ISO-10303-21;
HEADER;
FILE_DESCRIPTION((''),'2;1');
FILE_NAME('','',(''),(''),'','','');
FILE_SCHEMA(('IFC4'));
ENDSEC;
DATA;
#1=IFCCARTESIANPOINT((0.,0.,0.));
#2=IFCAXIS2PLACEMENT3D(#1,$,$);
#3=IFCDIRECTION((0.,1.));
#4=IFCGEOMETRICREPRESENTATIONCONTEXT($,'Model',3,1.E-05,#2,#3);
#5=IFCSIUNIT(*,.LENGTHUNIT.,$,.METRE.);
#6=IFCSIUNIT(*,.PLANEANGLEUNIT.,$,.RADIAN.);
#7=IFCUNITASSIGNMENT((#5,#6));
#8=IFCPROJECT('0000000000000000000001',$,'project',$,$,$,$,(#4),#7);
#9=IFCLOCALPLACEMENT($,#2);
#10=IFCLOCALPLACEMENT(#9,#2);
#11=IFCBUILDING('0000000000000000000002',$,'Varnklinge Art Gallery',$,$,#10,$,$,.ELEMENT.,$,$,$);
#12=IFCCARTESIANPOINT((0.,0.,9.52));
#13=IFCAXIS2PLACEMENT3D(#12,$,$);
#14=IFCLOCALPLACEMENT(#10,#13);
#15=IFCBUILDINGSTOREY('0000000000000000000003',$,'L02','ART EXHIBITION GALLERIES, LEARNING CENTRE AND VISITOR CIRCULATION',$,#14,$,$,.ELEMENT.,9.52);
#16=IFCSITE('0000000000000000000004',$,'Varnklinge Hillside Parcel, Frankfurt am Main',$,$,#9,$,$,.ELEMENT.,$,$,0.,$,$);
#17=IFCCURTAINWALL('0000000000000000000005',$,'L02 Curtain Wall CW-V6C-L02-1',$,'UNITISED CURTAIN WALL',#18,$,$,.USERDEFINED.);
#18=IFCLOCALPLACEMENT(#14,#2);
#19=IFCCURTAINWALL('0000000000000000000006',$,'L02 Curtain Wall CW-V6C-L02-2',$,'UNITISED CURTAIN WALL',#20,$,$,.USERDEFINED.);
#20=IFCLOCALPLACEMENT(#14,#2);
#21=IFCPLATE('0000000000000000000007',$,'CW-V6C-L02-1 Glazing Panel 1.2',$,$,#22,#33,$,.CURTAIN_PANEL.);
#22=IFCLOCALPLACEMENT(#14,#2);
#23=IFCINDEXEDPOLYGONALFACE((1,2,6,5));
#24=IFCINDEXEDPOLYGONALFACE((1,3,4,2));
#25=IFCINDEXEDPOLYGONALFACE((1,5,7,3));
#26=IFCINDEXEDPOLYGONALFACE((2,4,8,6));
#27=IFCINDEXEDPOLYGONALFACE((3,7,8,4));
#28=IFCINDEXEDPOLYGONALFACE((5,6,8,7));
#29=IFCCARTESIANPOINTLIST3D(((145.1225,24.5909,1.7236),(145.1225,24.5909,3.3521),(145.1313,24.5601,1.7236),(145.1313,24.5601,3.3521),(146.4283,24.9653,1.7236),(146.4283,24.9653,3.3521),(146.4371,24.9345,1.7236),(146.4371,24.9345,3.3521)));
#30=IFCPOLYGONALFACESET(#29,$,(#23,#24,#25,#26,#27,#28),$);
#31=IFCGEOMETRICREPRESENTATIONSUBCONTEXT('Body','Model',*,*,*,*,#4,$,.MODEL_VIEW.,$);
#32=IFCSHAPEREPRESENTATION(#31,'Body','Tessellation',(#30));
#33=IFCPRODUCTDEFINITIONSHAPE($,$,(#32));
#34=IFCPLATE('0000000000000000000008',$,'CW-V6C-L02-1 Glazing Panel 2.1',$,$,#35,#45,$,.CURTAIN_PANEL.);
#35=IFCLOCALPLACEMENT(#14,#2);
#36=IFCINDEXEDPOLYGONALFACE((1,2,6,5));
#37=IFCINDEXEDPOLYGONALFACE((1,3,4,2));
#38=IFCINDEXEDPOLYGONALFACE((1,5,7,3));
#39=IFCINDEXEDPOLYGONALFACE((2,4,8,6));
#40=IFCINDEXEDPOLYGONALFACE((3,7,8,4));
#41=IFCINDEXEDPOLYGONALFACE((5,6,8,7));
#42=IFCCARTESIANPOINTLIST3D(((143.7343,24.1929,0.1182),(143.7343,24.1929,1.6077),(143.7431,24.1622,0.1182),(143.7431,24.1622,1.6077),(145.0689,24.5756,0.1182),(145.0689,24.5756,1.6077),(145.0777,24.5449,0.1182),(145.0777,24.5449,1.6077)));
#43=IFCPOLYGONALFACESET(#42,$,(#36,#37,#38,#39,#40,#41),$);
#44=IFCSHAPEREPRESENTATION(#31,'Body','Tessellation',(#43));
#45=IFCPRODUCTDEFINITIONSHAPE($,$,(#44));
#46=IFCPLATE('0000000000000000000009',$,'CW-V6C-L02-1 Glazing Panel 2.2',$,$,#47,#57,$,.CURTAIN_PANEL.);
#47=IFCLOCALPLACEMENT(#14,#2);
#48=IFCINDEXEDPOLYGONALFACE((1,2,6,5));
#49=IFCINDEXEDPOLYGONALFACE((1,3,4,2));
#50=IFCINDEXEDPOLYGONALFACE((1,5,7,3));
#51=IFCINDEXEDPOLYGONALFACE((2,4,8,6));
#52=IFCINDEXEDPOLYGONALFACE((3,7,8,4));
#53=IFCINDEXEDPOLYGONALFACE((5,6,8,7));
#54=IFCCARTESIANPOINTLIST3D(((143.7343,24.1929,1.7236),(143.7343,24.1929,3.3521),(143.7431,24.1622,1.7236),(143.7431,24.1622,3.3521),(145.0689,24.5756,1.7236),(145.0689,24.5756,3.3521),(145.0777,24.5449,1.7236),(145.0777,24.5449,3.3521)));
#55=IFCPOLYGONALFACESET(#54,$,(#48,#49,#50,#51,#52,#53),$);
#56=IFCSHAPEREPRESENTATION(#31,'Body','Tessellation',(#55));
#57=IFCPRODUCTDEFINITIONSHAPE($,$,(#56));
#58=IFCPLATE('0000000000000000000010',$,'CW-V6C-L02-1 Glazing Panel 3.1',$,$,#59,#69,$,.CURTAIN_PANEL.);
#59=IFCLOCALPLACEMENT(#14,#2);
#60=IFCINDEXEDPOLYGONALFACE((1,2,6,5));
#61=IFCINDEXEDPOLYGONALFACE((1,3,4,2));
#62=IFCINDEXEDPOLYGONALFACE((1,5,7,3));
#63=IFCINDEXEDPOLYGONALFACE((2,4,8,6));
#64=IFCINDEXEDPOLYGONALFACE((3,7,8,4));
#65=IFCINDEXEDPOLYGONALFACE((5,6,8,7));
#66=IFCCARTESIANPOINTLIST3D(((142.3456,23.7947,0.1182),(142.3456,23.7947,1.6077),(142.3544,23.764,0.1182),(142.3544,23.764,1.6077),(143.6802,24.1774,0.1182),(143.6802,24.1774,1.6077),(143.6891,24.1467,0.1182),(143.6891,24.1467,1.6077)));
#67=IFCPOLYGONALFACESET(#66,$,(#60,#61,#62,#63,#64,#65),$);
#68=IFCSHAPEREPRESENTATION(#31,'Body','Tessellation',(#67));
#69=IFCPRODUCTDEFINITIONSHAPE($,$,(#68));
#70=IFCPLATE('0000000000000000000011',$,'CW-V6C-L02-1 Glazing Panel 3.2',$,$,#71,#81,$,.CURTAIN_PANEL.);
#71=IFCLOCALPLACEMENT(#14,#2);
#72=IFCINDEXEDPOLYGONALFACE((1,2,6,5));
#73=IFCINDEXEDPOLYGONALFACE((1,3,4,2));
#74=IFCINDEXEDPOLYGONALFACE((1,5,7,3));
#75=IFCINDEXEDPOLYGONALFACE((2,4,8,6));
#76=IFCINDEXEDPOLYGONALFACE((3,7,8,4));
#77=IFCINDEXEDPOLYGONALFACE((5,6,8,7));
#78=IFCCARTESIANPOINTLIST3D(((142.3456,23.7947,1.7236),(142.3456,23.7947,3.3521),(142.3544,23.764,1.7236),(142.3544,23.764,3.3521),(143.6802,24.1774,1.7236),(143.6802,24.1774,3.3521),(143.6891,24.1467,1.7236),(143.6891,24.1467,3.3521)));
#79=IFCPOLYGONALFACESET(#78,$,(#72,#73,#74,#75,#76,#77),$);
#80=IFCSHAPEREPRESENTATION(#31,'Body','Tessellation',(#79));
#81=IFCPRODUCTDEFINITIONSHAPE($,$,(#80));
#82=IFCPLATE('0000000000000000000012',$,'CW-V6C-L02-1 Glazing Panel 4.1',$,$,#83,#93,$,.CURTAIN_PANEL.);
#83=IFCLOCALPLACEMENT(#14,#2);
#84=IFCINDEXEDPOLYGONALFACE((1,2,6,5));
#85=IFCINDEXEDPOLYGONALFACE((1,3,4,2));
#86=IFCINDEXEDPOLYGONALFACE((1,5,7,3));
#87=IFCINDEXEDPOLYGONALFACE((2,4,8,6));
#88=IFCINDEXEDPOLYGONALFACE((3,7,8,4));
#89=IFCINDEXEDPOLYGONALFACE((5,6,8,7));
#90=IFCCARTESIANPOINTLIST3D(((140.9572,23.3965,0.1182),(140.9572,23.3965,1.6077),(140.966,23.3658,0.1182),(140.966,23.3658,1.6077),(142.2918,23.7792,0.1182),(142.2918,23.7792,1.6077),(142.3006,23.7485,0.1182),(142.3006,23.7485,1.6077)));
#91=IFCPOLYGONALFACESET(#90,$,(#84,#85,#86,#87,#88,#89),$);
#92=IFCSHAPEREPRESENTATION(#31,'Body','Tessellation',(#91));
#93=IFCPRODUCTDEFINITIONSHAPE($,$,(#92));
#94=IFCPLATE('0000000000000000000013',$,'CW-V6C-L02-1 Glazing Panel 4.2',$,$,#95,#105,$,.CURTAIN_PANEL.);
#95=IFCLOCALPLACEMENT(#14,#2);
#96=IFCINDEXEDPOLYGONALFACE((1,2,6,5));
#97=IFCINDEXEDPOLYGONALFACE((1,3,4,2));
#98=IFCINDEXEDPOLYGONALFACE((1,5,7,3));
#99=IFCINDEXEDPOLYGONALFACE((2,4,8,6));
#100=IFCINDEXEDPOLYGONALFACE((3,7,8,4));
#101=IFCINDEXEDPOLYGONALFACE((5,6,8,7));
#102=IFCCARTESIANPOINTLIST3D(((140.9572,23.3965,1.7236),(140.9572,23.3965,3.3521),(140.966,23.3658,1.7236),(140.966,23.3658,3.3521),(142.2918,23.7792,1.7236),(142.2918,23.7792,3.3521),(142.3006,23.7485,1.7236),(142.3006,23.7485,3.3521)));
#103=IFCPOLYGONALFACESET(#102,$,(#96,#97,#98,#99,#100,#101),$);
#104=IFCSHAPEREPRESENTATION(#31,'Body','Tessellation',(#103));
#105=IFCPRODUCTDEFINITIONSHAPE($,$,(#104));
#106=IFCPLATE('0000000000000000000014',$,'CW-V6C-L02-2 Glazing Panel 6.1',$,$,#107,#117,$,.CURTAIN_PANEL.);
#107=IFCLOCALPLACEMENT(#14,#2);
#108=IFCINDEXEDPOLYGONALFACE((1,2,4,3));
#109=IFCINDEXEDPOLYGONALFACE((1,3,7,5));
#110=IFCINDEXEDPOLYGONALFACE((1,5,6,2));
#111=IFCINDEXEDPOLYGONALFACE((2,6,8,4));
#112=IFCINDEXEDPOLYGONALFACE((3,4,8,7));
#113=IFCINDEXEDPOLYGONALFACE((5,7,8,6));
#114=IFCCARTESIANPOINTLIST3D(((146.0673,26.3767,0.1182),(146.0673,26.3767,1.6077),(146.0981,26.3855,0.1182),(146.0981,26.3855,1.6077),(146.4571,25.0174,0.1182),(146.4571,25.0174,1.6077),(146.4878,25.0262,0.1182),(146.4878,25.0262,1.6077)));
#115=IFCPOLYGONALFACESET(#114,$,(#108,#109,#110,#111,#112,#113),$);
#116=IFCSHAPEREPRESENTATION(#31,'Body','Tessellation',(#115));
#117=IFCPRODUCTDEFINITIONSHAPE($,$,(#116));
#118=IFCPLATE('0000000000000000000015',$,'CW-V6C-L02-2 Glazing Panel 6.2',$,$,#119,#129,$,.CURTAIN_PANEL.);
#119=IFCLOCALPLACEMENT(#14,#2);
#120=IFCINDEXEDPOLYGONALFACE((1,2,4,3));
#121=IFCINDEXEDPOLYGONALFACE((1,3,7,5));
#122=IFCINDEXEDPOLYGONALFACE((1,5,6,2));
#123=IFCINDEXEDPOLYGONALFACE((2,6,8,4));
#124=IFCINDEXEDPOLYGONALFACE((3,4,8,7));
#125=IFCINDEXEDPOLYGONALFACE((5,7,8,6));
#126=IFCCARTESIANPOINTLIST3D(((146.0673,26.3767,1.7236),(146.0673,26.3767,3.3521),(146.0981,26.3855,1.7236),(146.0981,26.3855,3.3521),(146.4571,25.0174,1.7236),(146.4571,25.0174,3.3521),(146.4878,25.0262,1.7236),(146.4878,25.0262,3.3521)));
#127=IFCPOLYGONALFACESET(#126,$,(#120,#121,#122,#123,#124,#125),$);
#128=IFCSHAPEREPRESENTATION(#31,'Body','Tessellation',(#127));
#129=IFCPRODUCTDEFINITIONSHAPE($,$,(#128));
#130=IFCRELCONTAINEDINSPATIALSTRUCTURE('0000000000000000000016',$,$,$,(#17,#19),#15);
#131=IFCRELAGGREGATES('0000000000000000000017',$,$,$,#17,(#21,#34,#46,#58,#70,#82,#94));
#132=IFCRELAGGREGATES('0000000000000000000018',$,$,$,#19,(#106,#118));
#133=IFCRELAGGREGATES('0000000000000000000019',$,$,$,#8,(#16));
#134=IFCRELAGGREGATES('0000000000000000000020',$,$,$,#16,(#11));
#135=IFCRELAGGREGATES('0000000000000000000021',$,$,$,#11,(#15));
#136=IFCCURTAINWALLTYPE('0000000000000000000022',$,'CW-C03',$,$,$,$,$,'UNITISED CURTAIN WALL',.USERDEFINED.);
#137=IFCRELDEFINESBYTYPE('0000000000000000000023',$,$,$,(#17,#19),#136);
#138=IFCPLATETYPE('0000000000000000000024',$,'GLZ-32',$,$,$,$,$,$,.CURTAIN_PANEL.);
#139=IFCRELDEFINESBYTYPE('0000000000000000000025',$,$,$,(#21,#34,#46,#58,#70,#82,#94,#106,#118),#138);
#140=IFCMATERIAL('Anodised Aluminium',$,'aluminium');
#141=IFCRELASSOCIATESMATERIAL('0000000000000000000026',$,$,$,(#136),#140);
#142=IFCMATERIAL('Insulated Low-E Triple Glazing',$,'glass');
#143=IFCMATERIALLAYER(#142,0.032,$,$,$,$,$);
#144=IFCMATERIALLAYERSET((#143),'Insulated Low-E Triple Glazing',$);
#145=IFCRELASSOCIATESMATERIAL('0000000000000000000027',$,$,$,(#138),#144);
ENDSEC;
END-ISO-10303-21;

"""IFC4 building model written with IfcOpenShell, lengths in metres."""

from ifc_helpers import new_model, si_unit, direction, frame, origin, origin_2d, place, context, subcontext, project, spatial, rectangle, extrude, material, layer, layer_set, type_object, element, aggregate, save


model = new_model("IFC4")

# Units and contexts
model_context = context("Model", 3, precision=1e-05, world=origin(), true_north=direction((0.0, 1.0)))
body_context = subcontext(model_context, "Body", "Model", "MODEL_VIEW")
ifc_project = project(units=[si_unit("LENGTHUNIT", "METRE"), si_unit("PLANEANGLEUNIT", "RADIAN")], contexts=[model_context])

# Site, building, storey
site_placement = place(None, origin())
site = spatial("IfcSite", under=ifc_project, at=site_placement, Name="Varnklinge Hillside Parcel, Frankfurt am Main", CompositionType="ELEMENT", RefElevation=0.0)
building_placement = place(site_placement, origin())
building = spatial("IfcBuilding", under=site, at=building_placement, Name="Varnklinge Art Gallery", CompositionType="ELEMENT")
storey_placement = place(building_placement, frame((0.0, 0.0, 9.52)))
storey = spatial("IfcBuildingStorey", under=building, at=storey_placement, Name="L02", Description="ART EXHIBITION GALLERIES, LEARNING CENTRE AND VISITOR CIRCULATION", CompositionType="ELEMENT", Elevation=9.52)

# Curtain wall
ifc_material_1 = material(Name="Anodised Aluminium", Category="aluminium")
curtain_wall_type = type_object("IfcCurtainWallType", Name="CW-C03", ElementType="UNITISED CURTAIN WALL", PredefinedType="USERDEFINED", material=ifc_material_1)
curtain_wall_1_placement = place(storey_placement, origin())
curtain_wall_1 = element("IfcCurtainWall", 1, at=curtain_wall_1_placement, inside=storey, type_object=curtain_wall_type, Name="L02 Curtain Wall CW-V6C-L02-1", ObjectType="UNITISED CURTAIN WALL", PredefinedType="USERDEFINED")

# Curtain wall
curtain_wall_2_placement = place(storey_placement, origin())
curtain_wall_2 = element("IfcCurtainWall", 2, at=curtain_wall_2_placement, inside=storey, type_object=curtain_wall_type, Name="L02 Curtain Wall CW-V6C-L02-2", ObjectType="UNITISED CURTAIN WALL", PredefinedType="USERDEFINED")

# Plates
ifc_material_2 = material(Name="Insulated Low-E Triple Glazing", Category="glass")
ifc_layer = layer(ifc_material_2, 0.032)
ifc_layer_set = layer_set([ifc_layer], Name="Insulated Low-E Triple Glazing")
plate_type = type_object("IfcPlateType", Name="GLZ-32", PredefinedType="CURTAIN_PANEL", material=ifc_layer_set)
plate_1_placement = place(storey_placement, frame((145.7798, 24.7627, 1.7236), z_axis=(0.0, 0.0, 1.0), x_axis=(-0.961262, -0.275637, 0.0)))
plate_1 = element("IfcPlate", 3, at=plate_1_placement, type_object=plate_type, Name="CW-V6C-L02-1 Glazing Panel 1.2", PredefinedType="CURTAIN_PANEL", context=body_context, shape_type="SweptSolid", body=[
    extrude(rectangle(XDim=1.3584, YDim=0.032, at=origin_2d()), origin(), (0.0, 0.0, 1.0), 1.6284),
])
plate_2_placement = place(storey_placement, frame((144.406, 24.3689, 0.1182), z_axis=(0.0, 0.0, 1.0), x_axis=(-0.961262, -0.275637, 0.0)))
plate_2 = element("IfcPlate", 4, at=plate_2_placement, type_object=plate_type, Name="CW-V6C-L02-1 Glazing Panel 2.1", PredefinedType="CURTAIN_PANEL", context=body_context, shape_type="SweptSolid", body=[
    extrude(rectangle(XDim=1.3884, YDim=0.032, at=origin_2d()), origin(), (0.0, 0.0, 1.0), 1.4895),
])
plate_3_placement = place(storey_placement, frame((144.406, 24.3689, 1.7236), z_axis=(0.0, 0.0, 1.0), x_axis=(-0.961262, -0.275637, 0.0)))
plate_3 = element("IfcPlate", 5, at=plate_3_placement, type_object=plate_type, Name="CW-V6C-L02-1 Glazing Panel 2.2", PredefinedType="CURTAIN_PANEL", context=body_context, shape_type="SweptSolid", body=[
    extrude(rectangle(XDim=1.3884, YDim=0.032, at=origin_2d()), origin(), (0.0, 0.0, 1.0), 1.6284),
])
plate_4_placement = place(storey_placement, frame((143.0173, 23.9707, 0.1182), z_axis=(0.0, 0.0, 1.0), x_axis=(-0.961262, -0.275637, 0.0)))
plate_4 = element("IfcPlate", 6, at=plate_4_placement, type_object=plate_type, Name="CW-V6C-L02-1 Glazing Panel 3.1", PredefinedType="CURTAIN_PANEL", context=body_context, shape_type="SweptSolid", body=[
    extrude(rectangle(XDim=1.3884, YDim=0.032, at=origin_2d()), origin(), (0.0, 0.0, 1.0), 1.4895),
])
plate_5_placement = place(storey_placement, frame((143.0173, 23.9707, 1.7236), z_axis=(0.0, 0.0, 1.0), x_axis=(-0.961262, -0.275637, 0.0)))
plate_5 = element("IfcPlate", 7, at=plate_5_placement, type_object=plate_type, Name="CW-V6C-L02-1 Glazing Panel 3.2", PredefinedType="CURTAIN_PANEL", context=body_context, shape_type="SweptSolid", body=[
    extrude(rectangle(XDim=1.3884, YDim=0.032, at=origin_2d()), origin(), (0.0, 0.0, 1.0), 1.6284),
])
plate_6_placement = place(storey_placement, frame((141.6289, 23.5725, 0.1182), z_axis=(0.0, 0.0, 1.0), x_axis=(-0.961262, -0.275637, 0.0)))
plate_6 = element("IfcPlate", 8, at=plate_6_placement, type_object=plate_type, Name="CW-V6C-L02-1 Glazing Panel 4.1", PredefinedType="CURTAIN_PANEL", context=body_context, shape_type="SweptSolid", body=[
    extrude(rectangle(XDim=1.3884, YDim=0.032, at=origin_2d()), origin(), (0.0, 0.0, 1.0), 1.4895),
])
plate_7_placement = place(storey_placement, frame((141.6289, 23.5725, 1.7236), z_axis=(0.0, 0.0, 1.0), x_axis=(-0.961262, -0.275637, 0.0)))
plate_7 = element("IfcPlate", 9, at=plate_7_placement, type_object=plate_type, Name="CW-V6C-L02-1 Glazing Panel 4.2", PredefinedType="CURTAIN_PANEL", context=body_context, shape_type="SweptSolid", body=[
    extrude(rectangle(XDim=1.3884, YDim=0.032, at=origin_2d()), origin(), (0.0, 0.0, 1.0), 1.6284),
])
aggregate(curtain_wall_1, [plate_1, plate_2, plate_3, plate_4, plate_5, plate_6, plate_7])
plate_8_placement = place(storey_placement, frame((146.2776, 25.7014, 0.1182), z_axis=(0.0, 0.0, 1.0), x_axis=(0.275637, -0.961262, 0.0)))
plate_8 = element("IfcPlate", 10, at=plate_8_placement, type_object=plate_type, Name="CW-V6C-L02-2 Glazing Panel 6.1", PredefinedType="CURTAIN_PANEL", context=body_context, shape_type="SweptSolid", body=[
    extrude(rectangle(XDim=1.4141, YDim=0.032, at=origin_2d()), origin(), (0.0, 0.0, 1.0), 1.4895),
])
plate_9_placement = place(storey_placement, frame((146.2776, 25.7014, 1.7236), z_axis=(0.0, 0.0, 1.0), x_axis=(0.275637, -0.961262, 0.0)))
plate_9 = element("IfcPlate", 11, at=plate_9_placement, type_object=plate_type, Name="CW-V6C-L02-2 Glazing Panel 6.2", PredefinedType="CURTAIN_PANEL", context=body_context, shape_type="SweptSolid", body=[
    extrude(rectangle(XDim=1.4141, YDim=0.032, at=origin_2d()), origin(), (0.0, 0.0, 1.0), 1.6284),
])
aggregate(curtain_wall_2, [plate_8, plate_9])

save(model, "model.ifc")
